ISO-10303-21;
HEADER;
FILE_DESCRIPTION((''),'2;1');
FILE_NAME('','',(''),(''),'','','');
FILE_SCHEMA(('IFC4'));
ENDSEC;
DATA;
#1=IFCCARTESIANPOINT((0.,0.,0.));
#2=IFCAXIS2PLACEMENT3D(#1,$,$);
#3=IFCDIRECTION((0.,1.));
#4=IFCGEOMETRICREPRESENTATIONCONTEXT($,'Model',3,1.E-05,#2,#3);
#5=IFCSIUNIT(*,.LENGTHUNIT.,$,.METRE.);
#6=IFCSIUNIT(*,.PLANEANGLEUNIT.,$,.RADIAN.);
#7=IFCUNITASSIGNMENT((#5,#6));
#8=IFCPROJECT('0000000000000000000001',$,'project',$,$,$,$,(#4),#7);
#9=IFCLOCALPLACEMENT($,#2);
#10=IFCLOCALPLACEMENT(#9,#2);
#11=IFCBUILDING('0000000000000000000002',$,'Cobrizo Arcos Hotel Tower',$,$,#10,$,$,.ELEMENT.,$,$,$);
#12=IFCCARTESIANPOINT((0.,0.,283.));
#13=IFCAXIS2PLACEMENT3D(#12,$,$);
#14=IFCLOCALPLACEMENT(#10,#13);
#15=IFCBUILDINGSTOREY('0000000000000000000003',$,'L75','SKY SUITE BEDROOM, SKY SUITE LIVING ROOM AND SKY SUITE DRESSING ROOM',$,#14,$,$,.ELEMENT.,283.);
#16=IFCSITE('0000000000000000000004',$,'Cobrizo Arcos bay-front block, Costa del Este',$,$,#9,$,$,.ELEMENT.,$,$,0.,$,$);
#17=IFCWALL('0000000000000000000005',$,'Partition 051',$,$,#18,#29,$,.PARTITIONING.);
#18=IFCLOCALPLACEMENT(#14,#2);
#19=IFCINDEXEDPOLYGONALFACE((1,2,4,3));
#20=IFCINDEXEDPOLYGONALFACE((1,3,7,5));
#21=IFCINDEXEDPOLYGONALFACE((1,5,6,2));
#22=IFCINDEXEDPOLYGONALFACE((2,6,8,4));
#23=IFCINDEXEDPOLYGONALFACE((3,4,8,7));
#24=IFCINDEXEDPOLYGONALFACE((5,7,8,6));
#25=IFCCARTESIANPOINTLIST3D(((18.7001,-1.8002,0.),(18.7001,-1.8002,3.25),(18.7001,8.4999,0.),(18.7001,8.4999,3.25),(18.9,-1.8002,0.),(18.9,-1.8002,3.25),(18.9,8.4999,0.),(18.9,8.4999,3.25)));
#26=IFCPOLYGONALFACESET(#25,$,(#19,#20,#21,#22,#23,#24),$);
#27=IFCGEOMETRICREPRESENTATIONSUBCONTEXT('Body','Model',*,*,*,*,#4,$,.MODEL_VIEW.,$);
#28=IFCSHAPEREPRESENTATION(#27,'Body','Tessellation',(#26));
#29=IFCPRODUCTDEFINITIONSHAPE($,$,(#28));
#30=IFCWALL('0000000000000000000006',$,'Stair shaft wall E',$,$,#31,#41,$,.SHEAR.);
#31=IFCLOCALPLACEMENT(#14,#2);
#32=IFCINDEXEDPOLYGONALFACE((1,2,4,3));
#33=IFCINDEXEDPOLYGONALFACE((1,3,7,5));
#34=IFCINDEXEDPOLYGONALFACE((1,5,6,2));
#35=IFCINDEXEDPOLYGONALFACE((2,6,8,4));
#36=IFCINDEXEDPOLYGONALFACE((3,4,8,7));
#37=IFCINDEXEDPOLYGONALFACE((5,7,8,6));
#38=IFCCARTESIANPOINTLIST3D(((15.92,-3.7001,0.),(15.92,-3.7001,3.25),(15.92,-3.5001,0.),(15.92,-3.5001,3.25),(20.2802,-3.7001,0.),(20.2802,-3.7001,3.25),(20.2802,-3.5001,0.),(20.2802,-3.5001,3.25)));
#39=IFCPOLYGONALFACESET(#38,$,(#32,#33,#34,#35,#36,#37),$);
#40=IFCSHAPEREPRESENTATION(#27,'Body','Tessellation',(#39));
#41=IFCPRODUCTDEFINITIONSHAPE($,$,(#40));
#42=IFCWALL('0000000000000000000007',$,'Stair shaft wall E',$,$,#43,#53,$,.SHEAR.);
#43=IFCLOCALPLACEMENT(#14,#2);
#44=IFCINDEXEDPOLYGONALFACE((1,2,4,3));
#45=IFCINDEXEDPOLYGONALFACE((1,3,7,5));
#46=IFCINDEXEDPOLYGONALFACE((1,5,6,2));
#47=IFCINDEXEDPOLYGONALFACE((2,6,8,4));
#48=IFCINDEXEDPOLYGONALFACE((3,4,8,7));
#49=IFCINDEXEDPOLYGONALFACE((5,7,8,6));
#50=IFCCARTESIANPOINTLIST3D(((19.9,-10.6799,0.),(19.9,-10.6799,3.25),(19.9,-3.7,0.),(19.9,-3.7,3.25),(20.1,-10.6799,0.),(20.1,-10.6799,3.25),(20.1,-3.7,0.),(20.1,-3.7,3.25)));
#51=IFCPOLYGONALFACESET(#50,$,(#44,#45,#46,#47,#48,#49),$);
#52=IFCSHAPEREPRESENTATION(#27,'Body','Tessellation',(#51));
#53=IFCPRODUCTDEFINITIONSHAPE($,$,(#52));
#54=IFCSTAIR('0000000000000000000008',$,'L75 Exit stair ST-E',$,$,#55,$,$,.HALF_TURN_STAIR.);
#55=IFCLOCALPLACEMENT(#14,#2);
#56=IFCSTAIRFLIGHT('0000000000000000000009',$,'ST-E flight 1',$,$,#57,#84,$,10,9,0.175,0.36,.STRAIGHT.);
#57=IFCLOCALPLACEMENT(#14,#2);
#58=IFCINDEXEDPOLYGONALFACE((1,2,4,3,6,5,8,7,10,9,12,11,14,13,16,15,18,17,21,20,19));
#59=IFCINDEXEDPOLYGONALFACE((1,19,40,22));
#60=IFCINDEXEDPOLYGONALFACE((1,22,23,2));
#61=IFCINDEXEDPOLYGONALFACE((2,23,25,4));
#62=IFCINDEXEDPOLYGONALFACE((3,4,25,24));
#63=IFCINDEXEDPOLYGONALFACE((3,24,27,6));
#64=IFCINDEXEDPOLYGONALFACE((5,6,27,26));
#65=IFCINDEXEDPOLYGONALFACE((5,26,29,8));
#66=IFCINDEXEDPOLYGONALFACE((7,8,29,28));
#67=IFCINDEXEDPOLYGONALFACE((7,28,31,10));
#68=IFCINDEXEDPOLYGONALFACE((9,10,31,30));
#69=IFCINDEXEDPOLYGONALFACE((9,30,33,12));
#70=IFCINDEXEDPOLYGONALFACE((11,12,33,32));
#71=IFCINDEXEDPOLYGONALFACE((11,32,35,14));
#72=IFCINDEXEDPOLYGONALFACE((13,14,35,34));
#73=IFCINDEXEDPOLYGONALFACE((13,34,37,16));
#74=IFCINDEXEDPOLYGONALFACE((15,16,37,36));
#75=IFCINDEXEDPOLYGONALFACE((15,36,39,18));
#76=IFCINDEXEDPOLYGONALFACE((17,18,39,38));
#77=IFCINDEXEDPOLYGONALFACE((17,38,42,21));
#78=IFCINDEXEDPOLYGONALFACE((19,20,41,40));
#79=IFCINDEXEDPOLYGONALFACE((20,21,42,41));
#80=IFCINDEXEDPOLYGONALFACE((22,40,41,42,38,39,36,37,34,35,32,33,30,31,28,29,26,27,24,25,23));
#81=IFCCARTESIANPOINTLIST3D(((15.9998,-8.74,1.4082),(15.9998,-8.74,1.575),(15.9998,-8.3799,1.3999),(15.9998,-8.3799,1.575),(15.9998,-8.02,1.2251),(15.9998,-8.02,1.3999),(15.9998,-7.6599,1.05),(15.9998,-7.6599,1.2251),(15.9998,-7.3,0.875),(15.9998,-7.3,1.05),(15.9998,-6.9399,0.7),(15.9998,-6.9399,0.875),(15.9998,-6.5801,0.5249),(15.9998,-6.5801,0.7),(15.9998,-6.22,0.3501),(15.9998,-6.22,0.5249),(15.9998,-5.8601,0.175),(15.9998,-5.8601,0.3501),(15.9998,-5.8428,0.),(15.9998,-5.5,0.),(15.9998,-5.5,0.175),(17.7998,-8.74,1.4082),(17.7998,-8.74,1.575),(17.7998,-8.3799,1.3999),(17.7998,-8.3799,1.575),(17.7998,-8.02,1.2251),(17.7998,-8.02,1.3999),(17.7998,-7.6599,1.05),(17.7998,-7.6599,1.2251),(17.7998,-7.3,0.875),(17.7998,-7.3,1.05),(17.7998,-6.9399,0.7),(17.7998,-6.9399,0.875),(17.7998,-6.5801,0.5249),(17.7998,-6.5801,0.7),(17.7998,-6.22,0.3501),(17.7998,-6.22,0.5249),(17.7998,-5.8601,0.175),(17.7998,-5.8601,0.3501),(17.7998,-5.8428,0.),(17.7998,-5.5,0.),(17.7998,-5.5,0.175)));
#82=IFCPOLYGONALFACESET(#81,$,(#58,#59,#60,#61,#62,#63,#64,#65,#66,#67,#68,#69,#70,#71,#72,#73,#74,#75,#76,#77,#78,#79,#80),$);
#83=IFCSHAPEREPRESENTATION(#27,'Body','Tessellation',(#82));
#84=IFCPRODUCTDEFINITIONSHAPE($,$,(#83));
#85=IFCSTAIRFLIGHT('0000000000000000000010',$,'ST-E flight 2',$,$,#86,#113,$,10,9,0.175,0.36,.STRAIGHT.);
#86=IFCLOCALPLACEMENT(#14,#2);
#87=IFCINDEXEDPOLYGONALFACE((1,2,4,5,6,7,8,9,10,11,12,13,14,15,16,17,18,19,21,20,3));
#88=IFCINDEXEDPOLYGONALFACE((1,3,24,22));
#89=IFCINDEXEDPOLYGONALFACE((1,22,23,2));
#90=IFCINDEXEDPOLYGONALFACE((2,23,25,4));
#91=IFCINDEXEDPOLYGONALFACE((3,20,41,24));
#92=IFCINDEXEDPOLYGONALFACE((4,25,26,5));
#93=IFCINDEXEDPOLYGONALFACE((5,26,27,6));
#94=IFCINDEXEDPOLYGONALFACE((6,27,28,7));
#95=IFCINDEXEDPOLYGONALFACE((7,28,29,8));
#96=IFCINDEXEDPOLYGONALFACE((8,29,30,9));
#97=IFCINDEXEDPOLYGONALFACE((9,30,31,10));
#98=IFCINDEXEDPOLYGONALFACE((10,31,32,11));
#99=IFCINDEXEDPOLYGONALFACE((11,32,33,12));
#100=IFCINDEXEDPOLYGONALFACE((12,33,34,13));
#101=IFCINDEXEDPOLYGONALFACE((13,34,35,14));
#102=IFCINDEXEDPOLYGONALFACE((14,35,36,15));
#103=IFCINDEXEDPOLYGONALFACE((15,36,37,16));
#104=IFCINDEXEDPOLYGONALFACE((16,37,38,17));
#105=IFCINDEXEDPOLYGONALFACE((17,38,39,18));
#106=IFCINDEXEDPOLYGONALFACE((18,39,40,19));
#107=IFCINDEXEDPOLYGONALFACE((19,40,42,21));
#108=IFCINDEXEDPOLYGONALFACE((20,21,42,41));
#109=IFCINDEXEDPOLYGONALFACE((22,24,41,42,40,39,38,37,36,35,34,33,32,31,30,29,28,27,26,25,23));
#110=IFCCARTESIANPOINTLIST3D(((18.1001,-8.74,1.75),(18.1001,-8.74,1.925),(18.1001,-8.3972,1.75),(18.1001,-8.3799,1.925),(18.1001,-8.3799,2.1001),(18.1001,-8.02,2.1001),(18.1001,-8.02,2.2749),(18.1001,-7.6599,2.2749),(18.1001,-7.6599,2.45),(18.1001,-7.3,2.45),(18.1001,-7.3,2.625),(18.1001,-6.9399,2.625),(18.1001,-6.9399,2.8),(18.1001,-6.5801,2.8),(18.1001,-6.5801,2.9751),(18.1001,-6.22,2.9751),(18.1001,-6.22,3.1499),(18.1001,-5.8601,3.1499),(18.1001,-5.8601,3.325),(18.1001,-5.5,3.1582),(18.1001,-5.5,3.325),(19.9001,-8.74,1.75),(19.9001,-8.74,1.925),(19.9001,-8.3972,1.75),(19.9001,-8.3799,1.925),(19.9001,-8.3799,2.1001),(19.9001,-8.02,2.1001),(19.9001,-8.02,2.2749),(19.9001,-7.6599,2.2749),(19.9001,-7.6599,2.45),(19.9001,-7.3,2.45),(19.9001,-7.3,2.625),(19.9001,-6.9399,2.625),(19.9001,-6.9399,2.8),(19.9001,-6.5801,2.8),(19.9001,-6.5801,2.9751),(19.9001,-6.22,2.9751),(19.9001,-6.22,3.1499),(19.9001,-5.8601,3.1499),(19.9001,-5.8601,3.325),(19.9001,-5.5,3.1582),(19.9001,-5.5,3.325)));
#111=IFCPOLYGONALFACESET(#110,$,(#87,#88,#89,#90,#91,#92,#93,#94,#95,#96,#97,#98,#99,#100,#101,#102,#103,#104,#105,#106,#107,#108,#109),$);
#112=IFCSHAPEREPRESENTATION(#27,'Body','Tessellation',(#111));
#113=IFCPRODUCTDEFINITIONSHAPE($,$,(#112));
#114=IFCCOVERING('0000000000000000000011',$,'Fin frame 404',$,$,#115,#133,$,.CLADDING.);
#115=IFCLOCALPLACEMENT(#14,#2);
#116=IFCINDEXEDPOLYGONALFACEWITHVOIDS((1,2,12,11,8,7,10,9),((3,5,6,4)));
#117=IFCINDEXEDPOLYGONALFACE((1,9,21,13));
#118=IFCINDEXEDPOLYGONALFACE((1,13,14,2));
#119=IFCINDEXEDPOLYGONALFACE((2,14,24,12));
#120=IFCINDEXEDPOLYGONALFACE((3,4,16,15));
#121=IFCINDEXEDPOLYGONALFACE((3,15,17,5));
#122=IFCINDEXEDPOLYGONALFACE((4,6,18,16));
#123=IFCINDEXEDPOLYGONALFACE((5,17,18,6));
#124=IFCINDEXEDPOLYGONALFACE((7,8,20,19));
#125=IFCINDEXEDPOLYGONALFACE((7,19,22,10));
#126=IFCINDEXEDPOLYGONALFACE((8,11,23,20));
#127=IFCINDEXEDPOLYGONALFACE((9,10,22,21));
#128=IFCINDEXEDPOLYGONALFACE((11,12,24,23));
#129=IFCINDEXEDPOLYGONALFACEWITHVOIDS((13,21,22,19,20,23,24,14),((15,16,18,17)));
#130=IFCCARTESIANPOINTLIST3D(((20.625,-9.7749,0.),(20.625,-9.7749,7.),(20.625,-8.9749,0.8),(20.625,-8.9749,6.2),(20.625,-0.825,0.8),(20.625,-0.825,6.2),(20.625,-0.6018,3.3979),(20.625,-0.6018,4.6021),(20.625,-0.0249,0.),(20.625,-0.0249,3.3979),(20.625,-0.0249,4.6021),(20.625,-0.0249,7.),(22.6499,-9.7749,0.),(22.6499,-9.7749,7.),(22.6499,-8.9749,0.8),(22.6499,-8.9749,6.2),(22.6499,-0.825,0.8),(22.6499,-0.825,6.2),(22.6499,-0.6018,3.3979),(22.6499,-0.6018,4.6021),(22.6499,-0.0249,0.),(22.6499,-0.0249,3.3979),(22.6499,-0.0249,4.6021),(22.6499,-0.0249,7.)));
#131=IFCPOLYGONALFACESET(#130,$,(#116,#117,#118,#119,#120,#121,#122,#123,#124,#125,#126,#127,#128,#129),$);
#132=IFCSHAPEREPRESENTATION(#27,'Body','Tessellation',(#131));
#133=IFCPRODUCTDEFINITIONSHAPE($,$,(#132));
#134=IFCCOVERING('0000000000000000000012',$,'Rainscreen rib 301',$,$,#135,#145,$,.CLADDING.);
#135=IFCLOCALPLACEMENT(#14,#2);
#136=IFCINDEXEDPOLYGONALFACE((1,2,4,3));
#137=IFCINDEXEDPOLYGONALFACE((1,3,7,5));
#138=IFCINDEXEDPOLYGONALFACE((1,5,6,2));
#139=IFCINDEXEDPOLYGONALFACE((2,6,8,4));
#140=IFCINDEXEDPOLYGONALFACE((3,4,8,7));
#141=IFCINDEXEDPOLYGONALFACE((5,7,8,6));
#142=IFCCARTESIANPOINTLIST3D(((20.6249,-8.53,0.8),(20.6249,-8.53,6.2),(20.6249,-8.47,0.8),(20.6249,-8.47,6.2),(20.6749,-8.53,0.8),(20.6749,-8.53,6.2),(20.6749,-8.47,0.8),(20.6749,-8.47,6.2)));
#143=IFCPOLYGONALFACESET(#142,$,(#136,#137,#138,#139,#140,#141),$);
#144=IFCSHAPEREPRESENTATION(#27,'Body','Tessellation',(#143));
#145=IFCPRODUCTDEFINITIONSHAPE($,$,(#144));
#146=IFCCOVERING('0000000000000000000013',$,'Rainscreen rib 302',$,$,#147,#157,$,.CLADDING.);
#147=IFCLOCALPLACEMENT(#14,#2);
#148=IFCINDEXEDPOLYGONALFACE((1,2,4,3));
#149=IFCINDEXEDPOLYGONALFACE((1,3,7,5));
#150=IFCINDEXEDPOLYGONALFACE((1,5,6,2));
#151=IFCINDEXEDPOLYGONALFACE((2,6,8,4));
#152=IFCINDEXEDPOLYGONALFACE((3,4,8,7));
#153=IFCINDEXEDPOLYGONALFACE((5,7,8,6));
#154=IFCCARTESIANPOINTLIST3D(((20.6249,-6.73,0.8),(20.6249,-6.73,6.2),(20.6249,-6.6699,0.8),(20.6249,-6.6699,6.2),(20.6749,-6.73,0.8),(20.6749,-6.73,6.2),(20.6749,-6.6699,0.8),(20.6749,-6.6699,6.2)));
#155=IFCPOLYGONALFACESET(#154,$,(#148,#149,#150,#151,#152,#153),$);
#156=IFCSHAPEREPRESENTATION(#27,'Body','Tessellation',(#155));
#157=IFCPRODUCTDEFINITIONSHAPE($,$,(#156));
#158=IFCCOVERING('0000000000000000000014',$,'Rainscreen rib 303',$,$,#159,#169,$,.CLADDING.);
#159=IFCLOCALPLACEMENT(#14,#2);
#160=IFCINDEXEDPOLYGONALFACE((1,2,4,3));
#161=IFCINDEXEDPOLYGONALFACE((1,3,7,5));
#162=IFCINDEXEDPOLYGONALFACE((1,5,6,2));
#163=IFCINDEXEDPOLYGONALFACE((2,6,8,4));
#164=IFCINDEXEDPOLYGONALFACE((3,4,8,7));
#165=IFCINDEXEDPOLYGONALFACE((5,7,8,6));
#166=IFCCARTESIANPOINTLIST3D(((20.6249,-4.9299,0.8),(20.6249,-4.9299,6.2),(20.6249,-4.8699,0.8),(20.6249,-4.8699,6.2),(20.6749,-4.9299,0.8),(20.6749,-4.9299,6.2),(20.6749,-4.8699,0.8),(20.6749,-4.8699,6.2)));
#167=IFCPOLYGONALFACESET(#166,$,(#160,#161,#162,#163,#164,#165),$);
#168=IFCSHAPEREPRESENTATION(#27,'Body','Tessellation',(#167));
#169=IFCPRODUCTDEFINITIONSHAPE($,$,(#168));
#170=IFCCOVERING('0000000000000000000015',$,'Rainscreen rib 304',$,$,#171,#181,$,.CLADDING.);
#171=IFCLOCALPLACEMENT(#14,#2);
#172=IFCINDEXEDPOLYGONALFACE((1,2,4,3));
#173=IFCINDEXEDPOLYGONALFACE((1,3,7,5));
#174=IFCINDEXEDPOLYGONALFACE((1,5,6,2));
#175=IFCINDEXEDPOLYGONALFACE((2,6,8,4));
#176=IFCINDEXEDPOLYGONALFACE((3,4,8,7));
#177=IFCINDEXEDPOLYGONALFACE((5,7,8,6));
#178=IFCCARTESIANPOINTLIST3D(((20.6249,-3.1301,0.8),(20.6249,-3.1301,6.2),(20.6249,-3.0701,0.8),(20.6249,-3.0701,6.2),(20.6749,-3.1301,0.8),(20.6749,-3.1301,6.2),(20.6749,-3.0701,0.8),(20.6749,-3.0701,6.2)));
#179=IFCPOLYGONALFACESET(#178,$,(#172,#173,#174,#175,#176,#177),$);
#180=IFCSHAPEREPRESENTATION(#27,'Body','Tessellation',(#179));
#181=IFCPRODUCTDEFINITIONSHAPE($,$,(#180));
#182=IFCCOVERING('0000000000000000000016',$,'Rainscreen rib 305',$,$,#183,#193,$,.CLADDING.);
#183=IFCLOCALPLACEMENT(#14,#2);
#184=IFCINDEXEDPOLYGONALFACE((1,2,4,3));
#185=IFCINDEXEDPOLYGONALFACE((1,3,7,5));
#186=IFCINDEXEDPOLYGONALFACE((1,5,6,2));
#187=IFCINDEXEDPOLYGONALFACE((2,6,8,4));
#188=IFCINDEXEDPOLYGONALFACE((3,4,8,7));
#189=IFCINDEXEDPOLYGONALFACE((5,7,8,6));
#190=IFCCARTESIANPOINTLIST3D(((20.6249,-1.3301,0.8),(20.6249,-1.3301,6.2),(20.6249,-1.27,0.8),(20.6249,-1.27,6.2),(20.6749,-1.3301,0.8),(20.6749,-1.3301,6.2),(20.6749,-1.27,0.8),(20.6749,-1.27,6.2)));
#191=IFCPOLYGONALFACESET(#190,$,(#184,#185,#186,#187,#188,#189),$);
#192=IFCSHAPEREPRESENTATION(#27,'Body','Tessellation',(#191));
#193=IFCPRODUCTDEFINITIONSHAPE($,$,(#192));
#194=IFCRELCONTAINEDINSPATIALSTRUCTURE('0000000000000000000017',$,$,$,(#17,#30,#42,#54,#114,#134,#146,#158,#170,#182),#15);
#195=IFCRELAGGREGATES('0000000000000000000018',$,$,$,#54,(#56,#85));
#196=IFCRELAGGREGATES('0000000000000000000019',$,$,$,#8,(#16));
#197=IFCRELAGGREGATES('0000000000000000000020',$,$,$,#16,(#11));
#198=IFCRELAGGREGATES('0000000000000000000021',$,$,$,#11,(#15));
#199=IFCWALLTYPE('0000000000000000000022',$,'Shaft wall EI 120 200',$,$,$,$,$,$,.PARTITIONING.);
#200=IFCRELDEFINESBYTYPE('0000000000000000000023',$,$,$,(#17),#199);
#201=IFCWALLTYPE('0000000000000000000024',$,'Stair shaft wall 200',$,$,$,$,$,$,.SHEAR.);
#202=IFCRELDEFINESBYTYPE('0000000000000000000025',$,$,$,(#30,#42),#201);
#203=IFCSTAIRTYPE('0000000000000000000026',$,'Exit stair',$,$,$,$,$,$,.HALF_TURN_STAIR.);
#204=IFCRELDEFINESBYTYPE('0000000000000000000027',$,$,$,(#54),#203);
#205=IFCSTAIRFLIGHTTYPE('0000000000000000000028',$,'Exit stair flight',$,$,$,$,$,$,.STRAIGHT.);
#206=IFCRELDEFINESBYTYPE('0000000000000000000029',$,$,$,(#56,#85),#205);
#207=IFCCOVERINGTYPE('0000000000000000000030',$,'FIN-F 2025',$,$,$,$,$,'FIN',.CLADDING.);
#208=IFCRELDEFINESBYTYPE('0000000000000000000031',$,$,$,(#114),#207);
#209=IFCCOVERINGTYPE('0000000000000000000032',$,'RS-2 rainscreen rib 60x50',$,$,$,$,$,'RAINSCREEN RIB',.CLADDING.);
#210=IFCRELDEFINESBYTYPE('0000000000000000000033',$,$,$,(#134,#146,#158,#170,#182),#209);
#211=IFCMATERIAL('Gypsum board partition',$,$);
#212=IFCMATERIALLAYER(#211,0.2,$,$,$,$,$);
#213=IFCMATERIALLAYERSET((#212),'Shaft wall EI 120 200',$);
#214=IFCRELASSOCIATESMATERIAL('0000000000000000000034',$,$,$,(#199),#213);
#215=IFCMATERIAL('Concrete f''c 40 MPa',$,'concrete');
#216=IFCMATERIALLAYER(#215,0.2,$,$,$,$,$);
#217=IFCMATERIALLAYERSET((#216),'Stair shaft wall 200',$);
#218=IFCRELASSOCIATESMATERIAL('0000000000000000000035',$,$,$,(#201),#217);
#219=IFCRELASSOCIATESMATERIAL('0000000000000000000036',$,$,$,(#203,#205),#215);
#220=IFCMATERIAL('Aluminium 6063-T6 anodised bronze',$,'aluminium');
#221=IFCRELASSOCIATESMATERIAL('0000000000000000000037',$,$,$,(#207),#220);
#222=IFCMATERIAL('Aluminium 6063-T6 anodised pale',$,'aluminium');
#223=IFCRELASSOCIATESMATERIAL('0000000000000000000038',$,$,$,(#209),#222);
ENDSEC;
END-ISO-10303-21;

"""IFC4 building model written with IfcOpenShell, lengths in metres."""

from ifc_helpers import new_model, si_unit, direction, frame, frame_2d, origin, origin_2d, place, context, subcontext, project, spatial, polyline, rectangle, outline, extrude, material, layer, layer_set, type_object, element, aggregate, save


model = new_model("IFC4")

# Units and contexts
model_context = context("Model", 3, precision=1e-05, world=origin(), true_north=direction((0.0, 1.0)))
body_context = subcontext(model_context, "Body", "Model", "MODEL_VIEW")
ifc_project = project(units=[si_unit("LENGTHUNIT", "METRE"), si_unit("PLANEANGLEUNIT", "RADIAN")], contexts=[model_context])

# Site, building, storey
site_placement = place(None, origin())
site = spatial("IfcSite", under=ifc_project, at=site_placement, Name="Cobrizo Arcos bay-front block, Costa del Este", CompositionType="ELEMENT", RefElevation=0.0)
building_placement = place(site_placement, origin())
building = spatial("IfcBuilding", under=site, at=building_placement, Name="Cobrizo Arcos Hotel Tower", CompositionType="ELEMENT")
storey_placement = place(building_placement, frame((0.0, 0.0, 283.0)))
storey = spatial("IfcBuildingStorey", under=building, at=storey_placement, Name="L75", Description="SKY SUITE BEDROOM, SKY SUITE LIVING ROOM AND SKY SUITE DRESSING ROOM", CompositionType="ELEMENT", Elevation=283.0)

# Shared definitions
ifc_material_1 = material(Name="Aluminium 6063-T6 anodised bronze", Category="aluminium")

# Shared definitions
ifc_material_2 = material(Name="Concrete f'c 40 MPa", Category="concrete")

# Shared definitions
ifc_material_3 = material(Name="Gypsum board partition")
ifc_layer_1 = layer(ifc_material_3, 0.2)
ifc_layer_set_1 = layer_set([ifc_layer_1], Name="Shaft wall EI 120 200")
wall_type_1 = type_object("IfcWallType", Name="Shaft wall EI 120 200", PredefinedType="PARTITIONING", material=ifc_layer_set_1)

# Walls
wall_1_placement = place(storey_placement, frame((18.8, -1.8, 0.0), z_axis=(0.0, 0.0, 1.0), x_axis=(0.0, 1.0, 0.0)))
element("IfcWall", 1, at=wall_1_placement, inside=storey, type_object=wall_type_1, Name="Partition 051", PredefinedType="PARTITIONING", context=body_context, shape_type="SweptSolid", body=[
    extrude(rectangle(XDim=10.3, YDim=0.2, at=frame_2d((5.1499, 0.0))), origin(), (0.0, 0.0, 1.0), 3.25),
])
ifc_layer_2 = layer(ifc_material_2, 0.2)
ifc_layer_set_2 = layer_set([ifc_layer_2], Name="Stair shaft wall 200")
wall_type_2 = type_object("IfcWallType", Name="Stair shaft wall 200", PredefinedType="SHEAR", material=ifc_layer_set_2)
wall_2_placement = place(storey_placement, frame((15.9199, -3.6001, 0.0), z_axis=(0.0, 0.0, 1.0), x_axis=(1.0, 0.0, 0.0)))
element("IfcWall", 2, at=wall_2_placement, inside=storey, type_object=wall_type_2, Name="Stair shaft wall E", PredefinedType="SHEAR", context=body_context, shape_type="SweptSolid", body=[
    extrude(rectangle(XDim=4.3601, YDim=0.2, at=frame_2d((2.1802, 0.0))), origin(), (0.0, 0.0, 1.0), 3.25),
])
wall_3_placement = place(storey_placement, frame((20.0, -10.6799, 0.0), z_axis=(0.0, 0.0, 1.0), x_axis=(0.0, 1.0, 0.0)))
element("IfcWall", 3, at=wall_3_placement, inside=storey, type_object=wall_type_2, Name="Stair shaft wall E", PredefinedType="SHEAR", context=body_context, shape_type="SweptSolid", body=[
    extrude(rectangle(XDim=6.98, YDim=0.2, at=frame_2d((3.49, 0.0))), origin(), (0.0, 0.0, 1.0), 3.25),
])

# Stair, stair flights
stair_type = type_object("IfcStairType", Name="Exit stair", PredefinedType="HALF_TURN_STAIR", material=ifc_material_2)
stair_placement = place(storey_placement, origin())
stair = element("IfcStair", 4, at=stair_placement, inside=storey, type_object=stair_type, Name="L75 Exit stair ST-E", PredefinedType="HALF_TURN_STAIR")
stair_flight_type = type_object("IfcStairFlightType", Name="Exit stair flight", PredefinedType="STRAIGHT", material=ifc_material_2)
stair_flight_1_placement = place(storey_placement, frame((16.8999, -5.5, 0.0), z_axis=(0.0, 0.0, 1.0), x_axis=(0.0, -1.0, 0.0)))
stair_flight_1 = element("IfcStairFlight", 5, at=stair_flight_1_placement, type_object=stair_flight_type, Name="ST-E flight 1", NumberOfRisers=10, NumberOfTreads=9, PredefinedType="STRAIGHT", RiserHeight=0.175, TreadLength=0.36, context=body_context, shape_type="SweptSolid", body=[
    extrude(outline(polyline([(0.0, 0.0), (0.0, 0.175), (0.3601, 0.175), (0.3601, 0.3501), (0.72, 0.3501), (0.72, 0.5249), (1.0801, 0.5249), (1.0801, 0.7), (1.4399, 0.7), (1.4399, 0.875), (1.8, 0.875), (1.8, 1.05), (2.1599, 1.05), (2.1599, 1.2251), (2.52, 1.2251), (2.52, 1.3999), (2.8799, 1.3999), (2.8799, 1.575), (3.24, 1.575), (3.24, 1.75), (3.24, 1.4082), (0.3428, 0.0), (0.0, 0.0)])), frame((0.0, 0.8999, 0.0), z_axis=(0.0, -1.0, 0.0), x_axis=(1.0, 0.0, 0.0)), (0.0, 0.0, 1.0), 1.8),
])
stair_flight_2_placement = place(storey_placement, frame((19.0, -8.74, 1.75), z_axis=(0.0, 0.0, 1.0), x_axis=(0.0, 1.0, 0.0)))
stair_flight_2 = element("IfcStairFlight", 6, at=stair_flight_2_placement, type_object=stair_flight_type, Name="ST-E flight 2", NumberOfRisers=10, NumberOfTreads=9, PredefinedType="STRAIGHT", RiserHeight=0.175, TreadLength=0.36, context=body_context, shape_type="SweptSolid", body=[
    extrude(outline(polyline([(0.0, 0.0), (0.0, 0.175), (0.3601, 0.175), (0.3601, 0.3501), (0.72, 0.3501), (0.72, 0.5249), (1.0801, 0.5249), (1.0801, 0.7), (1.4399, 0.7), (1.4399, 0.875), (1.8, 0.875), (1.8, 1.05), (2.1599, 1.05), (2.1599, 1.2251), (2.52, 1.2251), (2.52, 1.3999), (2.8799, 1.3999), (2.8799, 1.575), (3.24, 1.575), (3.24, 1.75), (3.24, 1.4082), (0.3428, 0.0), (0.0, 0.0)])), frame((0.0, 0.8999, 0.0), z_axis=(0.0, -1.0, 0.0), x_axis=(1.0, 0.0, 0.0)), (0.0, 0.0, 1.0), 1.8),
])
aggregate(stair, [stair_flight_1, stair_flight_2])

# Coverings
covering_type_1 = type_object("IfcCoveringType", Name="FIN-F 2025", ElementType="FIN", PredefinedType="CLADDING", material=ifc_material_1)
covering_placement = place(storey_placement, frame((20.625, -9.7749, 0.0), z_axis=(1.0, 0.0, 0.0), x_axis=(0.0, 1.0, 0.0)))
element("IfcCovering", 7, at=covering_placement, inside=storey, type_object=covering_type_1, Name="Fin frame 404", PredefinedType="CLADDING", context=body_context, shape_type="SweptSolid", body=[
    extrude(outline(polyline([(9.75, 0.0), (9.75, 3.3979), (9.1731, 3.3979), (9.1731, 4.6021), (9.75, 4.6021), (9.75, 7.0), (0.0, 7.0), (0.0, 0.0), (9.75, 0.0)]), holes=[polyline([(8.95, 0.8), (0.8, 0.8), (0.8, 6.2), (8.95, 6.2), (8.95, 0.8)])]), origin(), (0.0, 0.0, 1.0), 2.0249),
])
ifc_material_4 = material(Name="Aluminium 6063-T6 anodised pale", Category="aluminium")
covering_type_2 = type_object("IfcCoveringType", Name="RS-2 rainscreen rib 60x50", ElementType="RAINSCREEN RIB", PredefinedType="CLADDING", material=ifc_material_4)
for number, where, z_axis, x_axis, name in (
    (8, (20.6499, -8.5, 0.8), (0.0, 0.0, 1.0), (0.0, 1.0, 0.0), "Rainscreen rib 301"),
    (9, (20.6499, -6.7, 0.8), (0.0, 0.0, 1.0), (0.0, 1.0, 0.0), "Rainscreen rib 302"),
    (10, (20.6499, -4.8999, 0.8), (0.0, 0.0, 1.0), (0.0, 1.0, 0.0), "Rainscreen rib 303"),
    (11, (20.6499, -3.1001, 0.8), (0.0, 0.0, 1.0), (0.0, 1.0, 0.0), "Rainscreen rib 304"),
    (12, (20.6499, -1.3, 0.8), (0.0, 0.0, 1.0), (0.0, 1.0, 0.0), "Rainscreen rib 305"),
):
    element("IfcCovering", number, at=place(storey_placement, frame(where, z_axis=z_axis, x_axis=x_axis)), inside=storey, type_object=covering_type_2, Name=name, PredefinedType="CLADDING", context=body_context, shape_type="SweptSolid", body=[
        extrude(rectangle(XDim=0.0601, YDim=0.05, at=origin_2d()), origin(), (0.0, 0.0, 1.0), 5.3999),
    ])

save(model, "model.ifc")
